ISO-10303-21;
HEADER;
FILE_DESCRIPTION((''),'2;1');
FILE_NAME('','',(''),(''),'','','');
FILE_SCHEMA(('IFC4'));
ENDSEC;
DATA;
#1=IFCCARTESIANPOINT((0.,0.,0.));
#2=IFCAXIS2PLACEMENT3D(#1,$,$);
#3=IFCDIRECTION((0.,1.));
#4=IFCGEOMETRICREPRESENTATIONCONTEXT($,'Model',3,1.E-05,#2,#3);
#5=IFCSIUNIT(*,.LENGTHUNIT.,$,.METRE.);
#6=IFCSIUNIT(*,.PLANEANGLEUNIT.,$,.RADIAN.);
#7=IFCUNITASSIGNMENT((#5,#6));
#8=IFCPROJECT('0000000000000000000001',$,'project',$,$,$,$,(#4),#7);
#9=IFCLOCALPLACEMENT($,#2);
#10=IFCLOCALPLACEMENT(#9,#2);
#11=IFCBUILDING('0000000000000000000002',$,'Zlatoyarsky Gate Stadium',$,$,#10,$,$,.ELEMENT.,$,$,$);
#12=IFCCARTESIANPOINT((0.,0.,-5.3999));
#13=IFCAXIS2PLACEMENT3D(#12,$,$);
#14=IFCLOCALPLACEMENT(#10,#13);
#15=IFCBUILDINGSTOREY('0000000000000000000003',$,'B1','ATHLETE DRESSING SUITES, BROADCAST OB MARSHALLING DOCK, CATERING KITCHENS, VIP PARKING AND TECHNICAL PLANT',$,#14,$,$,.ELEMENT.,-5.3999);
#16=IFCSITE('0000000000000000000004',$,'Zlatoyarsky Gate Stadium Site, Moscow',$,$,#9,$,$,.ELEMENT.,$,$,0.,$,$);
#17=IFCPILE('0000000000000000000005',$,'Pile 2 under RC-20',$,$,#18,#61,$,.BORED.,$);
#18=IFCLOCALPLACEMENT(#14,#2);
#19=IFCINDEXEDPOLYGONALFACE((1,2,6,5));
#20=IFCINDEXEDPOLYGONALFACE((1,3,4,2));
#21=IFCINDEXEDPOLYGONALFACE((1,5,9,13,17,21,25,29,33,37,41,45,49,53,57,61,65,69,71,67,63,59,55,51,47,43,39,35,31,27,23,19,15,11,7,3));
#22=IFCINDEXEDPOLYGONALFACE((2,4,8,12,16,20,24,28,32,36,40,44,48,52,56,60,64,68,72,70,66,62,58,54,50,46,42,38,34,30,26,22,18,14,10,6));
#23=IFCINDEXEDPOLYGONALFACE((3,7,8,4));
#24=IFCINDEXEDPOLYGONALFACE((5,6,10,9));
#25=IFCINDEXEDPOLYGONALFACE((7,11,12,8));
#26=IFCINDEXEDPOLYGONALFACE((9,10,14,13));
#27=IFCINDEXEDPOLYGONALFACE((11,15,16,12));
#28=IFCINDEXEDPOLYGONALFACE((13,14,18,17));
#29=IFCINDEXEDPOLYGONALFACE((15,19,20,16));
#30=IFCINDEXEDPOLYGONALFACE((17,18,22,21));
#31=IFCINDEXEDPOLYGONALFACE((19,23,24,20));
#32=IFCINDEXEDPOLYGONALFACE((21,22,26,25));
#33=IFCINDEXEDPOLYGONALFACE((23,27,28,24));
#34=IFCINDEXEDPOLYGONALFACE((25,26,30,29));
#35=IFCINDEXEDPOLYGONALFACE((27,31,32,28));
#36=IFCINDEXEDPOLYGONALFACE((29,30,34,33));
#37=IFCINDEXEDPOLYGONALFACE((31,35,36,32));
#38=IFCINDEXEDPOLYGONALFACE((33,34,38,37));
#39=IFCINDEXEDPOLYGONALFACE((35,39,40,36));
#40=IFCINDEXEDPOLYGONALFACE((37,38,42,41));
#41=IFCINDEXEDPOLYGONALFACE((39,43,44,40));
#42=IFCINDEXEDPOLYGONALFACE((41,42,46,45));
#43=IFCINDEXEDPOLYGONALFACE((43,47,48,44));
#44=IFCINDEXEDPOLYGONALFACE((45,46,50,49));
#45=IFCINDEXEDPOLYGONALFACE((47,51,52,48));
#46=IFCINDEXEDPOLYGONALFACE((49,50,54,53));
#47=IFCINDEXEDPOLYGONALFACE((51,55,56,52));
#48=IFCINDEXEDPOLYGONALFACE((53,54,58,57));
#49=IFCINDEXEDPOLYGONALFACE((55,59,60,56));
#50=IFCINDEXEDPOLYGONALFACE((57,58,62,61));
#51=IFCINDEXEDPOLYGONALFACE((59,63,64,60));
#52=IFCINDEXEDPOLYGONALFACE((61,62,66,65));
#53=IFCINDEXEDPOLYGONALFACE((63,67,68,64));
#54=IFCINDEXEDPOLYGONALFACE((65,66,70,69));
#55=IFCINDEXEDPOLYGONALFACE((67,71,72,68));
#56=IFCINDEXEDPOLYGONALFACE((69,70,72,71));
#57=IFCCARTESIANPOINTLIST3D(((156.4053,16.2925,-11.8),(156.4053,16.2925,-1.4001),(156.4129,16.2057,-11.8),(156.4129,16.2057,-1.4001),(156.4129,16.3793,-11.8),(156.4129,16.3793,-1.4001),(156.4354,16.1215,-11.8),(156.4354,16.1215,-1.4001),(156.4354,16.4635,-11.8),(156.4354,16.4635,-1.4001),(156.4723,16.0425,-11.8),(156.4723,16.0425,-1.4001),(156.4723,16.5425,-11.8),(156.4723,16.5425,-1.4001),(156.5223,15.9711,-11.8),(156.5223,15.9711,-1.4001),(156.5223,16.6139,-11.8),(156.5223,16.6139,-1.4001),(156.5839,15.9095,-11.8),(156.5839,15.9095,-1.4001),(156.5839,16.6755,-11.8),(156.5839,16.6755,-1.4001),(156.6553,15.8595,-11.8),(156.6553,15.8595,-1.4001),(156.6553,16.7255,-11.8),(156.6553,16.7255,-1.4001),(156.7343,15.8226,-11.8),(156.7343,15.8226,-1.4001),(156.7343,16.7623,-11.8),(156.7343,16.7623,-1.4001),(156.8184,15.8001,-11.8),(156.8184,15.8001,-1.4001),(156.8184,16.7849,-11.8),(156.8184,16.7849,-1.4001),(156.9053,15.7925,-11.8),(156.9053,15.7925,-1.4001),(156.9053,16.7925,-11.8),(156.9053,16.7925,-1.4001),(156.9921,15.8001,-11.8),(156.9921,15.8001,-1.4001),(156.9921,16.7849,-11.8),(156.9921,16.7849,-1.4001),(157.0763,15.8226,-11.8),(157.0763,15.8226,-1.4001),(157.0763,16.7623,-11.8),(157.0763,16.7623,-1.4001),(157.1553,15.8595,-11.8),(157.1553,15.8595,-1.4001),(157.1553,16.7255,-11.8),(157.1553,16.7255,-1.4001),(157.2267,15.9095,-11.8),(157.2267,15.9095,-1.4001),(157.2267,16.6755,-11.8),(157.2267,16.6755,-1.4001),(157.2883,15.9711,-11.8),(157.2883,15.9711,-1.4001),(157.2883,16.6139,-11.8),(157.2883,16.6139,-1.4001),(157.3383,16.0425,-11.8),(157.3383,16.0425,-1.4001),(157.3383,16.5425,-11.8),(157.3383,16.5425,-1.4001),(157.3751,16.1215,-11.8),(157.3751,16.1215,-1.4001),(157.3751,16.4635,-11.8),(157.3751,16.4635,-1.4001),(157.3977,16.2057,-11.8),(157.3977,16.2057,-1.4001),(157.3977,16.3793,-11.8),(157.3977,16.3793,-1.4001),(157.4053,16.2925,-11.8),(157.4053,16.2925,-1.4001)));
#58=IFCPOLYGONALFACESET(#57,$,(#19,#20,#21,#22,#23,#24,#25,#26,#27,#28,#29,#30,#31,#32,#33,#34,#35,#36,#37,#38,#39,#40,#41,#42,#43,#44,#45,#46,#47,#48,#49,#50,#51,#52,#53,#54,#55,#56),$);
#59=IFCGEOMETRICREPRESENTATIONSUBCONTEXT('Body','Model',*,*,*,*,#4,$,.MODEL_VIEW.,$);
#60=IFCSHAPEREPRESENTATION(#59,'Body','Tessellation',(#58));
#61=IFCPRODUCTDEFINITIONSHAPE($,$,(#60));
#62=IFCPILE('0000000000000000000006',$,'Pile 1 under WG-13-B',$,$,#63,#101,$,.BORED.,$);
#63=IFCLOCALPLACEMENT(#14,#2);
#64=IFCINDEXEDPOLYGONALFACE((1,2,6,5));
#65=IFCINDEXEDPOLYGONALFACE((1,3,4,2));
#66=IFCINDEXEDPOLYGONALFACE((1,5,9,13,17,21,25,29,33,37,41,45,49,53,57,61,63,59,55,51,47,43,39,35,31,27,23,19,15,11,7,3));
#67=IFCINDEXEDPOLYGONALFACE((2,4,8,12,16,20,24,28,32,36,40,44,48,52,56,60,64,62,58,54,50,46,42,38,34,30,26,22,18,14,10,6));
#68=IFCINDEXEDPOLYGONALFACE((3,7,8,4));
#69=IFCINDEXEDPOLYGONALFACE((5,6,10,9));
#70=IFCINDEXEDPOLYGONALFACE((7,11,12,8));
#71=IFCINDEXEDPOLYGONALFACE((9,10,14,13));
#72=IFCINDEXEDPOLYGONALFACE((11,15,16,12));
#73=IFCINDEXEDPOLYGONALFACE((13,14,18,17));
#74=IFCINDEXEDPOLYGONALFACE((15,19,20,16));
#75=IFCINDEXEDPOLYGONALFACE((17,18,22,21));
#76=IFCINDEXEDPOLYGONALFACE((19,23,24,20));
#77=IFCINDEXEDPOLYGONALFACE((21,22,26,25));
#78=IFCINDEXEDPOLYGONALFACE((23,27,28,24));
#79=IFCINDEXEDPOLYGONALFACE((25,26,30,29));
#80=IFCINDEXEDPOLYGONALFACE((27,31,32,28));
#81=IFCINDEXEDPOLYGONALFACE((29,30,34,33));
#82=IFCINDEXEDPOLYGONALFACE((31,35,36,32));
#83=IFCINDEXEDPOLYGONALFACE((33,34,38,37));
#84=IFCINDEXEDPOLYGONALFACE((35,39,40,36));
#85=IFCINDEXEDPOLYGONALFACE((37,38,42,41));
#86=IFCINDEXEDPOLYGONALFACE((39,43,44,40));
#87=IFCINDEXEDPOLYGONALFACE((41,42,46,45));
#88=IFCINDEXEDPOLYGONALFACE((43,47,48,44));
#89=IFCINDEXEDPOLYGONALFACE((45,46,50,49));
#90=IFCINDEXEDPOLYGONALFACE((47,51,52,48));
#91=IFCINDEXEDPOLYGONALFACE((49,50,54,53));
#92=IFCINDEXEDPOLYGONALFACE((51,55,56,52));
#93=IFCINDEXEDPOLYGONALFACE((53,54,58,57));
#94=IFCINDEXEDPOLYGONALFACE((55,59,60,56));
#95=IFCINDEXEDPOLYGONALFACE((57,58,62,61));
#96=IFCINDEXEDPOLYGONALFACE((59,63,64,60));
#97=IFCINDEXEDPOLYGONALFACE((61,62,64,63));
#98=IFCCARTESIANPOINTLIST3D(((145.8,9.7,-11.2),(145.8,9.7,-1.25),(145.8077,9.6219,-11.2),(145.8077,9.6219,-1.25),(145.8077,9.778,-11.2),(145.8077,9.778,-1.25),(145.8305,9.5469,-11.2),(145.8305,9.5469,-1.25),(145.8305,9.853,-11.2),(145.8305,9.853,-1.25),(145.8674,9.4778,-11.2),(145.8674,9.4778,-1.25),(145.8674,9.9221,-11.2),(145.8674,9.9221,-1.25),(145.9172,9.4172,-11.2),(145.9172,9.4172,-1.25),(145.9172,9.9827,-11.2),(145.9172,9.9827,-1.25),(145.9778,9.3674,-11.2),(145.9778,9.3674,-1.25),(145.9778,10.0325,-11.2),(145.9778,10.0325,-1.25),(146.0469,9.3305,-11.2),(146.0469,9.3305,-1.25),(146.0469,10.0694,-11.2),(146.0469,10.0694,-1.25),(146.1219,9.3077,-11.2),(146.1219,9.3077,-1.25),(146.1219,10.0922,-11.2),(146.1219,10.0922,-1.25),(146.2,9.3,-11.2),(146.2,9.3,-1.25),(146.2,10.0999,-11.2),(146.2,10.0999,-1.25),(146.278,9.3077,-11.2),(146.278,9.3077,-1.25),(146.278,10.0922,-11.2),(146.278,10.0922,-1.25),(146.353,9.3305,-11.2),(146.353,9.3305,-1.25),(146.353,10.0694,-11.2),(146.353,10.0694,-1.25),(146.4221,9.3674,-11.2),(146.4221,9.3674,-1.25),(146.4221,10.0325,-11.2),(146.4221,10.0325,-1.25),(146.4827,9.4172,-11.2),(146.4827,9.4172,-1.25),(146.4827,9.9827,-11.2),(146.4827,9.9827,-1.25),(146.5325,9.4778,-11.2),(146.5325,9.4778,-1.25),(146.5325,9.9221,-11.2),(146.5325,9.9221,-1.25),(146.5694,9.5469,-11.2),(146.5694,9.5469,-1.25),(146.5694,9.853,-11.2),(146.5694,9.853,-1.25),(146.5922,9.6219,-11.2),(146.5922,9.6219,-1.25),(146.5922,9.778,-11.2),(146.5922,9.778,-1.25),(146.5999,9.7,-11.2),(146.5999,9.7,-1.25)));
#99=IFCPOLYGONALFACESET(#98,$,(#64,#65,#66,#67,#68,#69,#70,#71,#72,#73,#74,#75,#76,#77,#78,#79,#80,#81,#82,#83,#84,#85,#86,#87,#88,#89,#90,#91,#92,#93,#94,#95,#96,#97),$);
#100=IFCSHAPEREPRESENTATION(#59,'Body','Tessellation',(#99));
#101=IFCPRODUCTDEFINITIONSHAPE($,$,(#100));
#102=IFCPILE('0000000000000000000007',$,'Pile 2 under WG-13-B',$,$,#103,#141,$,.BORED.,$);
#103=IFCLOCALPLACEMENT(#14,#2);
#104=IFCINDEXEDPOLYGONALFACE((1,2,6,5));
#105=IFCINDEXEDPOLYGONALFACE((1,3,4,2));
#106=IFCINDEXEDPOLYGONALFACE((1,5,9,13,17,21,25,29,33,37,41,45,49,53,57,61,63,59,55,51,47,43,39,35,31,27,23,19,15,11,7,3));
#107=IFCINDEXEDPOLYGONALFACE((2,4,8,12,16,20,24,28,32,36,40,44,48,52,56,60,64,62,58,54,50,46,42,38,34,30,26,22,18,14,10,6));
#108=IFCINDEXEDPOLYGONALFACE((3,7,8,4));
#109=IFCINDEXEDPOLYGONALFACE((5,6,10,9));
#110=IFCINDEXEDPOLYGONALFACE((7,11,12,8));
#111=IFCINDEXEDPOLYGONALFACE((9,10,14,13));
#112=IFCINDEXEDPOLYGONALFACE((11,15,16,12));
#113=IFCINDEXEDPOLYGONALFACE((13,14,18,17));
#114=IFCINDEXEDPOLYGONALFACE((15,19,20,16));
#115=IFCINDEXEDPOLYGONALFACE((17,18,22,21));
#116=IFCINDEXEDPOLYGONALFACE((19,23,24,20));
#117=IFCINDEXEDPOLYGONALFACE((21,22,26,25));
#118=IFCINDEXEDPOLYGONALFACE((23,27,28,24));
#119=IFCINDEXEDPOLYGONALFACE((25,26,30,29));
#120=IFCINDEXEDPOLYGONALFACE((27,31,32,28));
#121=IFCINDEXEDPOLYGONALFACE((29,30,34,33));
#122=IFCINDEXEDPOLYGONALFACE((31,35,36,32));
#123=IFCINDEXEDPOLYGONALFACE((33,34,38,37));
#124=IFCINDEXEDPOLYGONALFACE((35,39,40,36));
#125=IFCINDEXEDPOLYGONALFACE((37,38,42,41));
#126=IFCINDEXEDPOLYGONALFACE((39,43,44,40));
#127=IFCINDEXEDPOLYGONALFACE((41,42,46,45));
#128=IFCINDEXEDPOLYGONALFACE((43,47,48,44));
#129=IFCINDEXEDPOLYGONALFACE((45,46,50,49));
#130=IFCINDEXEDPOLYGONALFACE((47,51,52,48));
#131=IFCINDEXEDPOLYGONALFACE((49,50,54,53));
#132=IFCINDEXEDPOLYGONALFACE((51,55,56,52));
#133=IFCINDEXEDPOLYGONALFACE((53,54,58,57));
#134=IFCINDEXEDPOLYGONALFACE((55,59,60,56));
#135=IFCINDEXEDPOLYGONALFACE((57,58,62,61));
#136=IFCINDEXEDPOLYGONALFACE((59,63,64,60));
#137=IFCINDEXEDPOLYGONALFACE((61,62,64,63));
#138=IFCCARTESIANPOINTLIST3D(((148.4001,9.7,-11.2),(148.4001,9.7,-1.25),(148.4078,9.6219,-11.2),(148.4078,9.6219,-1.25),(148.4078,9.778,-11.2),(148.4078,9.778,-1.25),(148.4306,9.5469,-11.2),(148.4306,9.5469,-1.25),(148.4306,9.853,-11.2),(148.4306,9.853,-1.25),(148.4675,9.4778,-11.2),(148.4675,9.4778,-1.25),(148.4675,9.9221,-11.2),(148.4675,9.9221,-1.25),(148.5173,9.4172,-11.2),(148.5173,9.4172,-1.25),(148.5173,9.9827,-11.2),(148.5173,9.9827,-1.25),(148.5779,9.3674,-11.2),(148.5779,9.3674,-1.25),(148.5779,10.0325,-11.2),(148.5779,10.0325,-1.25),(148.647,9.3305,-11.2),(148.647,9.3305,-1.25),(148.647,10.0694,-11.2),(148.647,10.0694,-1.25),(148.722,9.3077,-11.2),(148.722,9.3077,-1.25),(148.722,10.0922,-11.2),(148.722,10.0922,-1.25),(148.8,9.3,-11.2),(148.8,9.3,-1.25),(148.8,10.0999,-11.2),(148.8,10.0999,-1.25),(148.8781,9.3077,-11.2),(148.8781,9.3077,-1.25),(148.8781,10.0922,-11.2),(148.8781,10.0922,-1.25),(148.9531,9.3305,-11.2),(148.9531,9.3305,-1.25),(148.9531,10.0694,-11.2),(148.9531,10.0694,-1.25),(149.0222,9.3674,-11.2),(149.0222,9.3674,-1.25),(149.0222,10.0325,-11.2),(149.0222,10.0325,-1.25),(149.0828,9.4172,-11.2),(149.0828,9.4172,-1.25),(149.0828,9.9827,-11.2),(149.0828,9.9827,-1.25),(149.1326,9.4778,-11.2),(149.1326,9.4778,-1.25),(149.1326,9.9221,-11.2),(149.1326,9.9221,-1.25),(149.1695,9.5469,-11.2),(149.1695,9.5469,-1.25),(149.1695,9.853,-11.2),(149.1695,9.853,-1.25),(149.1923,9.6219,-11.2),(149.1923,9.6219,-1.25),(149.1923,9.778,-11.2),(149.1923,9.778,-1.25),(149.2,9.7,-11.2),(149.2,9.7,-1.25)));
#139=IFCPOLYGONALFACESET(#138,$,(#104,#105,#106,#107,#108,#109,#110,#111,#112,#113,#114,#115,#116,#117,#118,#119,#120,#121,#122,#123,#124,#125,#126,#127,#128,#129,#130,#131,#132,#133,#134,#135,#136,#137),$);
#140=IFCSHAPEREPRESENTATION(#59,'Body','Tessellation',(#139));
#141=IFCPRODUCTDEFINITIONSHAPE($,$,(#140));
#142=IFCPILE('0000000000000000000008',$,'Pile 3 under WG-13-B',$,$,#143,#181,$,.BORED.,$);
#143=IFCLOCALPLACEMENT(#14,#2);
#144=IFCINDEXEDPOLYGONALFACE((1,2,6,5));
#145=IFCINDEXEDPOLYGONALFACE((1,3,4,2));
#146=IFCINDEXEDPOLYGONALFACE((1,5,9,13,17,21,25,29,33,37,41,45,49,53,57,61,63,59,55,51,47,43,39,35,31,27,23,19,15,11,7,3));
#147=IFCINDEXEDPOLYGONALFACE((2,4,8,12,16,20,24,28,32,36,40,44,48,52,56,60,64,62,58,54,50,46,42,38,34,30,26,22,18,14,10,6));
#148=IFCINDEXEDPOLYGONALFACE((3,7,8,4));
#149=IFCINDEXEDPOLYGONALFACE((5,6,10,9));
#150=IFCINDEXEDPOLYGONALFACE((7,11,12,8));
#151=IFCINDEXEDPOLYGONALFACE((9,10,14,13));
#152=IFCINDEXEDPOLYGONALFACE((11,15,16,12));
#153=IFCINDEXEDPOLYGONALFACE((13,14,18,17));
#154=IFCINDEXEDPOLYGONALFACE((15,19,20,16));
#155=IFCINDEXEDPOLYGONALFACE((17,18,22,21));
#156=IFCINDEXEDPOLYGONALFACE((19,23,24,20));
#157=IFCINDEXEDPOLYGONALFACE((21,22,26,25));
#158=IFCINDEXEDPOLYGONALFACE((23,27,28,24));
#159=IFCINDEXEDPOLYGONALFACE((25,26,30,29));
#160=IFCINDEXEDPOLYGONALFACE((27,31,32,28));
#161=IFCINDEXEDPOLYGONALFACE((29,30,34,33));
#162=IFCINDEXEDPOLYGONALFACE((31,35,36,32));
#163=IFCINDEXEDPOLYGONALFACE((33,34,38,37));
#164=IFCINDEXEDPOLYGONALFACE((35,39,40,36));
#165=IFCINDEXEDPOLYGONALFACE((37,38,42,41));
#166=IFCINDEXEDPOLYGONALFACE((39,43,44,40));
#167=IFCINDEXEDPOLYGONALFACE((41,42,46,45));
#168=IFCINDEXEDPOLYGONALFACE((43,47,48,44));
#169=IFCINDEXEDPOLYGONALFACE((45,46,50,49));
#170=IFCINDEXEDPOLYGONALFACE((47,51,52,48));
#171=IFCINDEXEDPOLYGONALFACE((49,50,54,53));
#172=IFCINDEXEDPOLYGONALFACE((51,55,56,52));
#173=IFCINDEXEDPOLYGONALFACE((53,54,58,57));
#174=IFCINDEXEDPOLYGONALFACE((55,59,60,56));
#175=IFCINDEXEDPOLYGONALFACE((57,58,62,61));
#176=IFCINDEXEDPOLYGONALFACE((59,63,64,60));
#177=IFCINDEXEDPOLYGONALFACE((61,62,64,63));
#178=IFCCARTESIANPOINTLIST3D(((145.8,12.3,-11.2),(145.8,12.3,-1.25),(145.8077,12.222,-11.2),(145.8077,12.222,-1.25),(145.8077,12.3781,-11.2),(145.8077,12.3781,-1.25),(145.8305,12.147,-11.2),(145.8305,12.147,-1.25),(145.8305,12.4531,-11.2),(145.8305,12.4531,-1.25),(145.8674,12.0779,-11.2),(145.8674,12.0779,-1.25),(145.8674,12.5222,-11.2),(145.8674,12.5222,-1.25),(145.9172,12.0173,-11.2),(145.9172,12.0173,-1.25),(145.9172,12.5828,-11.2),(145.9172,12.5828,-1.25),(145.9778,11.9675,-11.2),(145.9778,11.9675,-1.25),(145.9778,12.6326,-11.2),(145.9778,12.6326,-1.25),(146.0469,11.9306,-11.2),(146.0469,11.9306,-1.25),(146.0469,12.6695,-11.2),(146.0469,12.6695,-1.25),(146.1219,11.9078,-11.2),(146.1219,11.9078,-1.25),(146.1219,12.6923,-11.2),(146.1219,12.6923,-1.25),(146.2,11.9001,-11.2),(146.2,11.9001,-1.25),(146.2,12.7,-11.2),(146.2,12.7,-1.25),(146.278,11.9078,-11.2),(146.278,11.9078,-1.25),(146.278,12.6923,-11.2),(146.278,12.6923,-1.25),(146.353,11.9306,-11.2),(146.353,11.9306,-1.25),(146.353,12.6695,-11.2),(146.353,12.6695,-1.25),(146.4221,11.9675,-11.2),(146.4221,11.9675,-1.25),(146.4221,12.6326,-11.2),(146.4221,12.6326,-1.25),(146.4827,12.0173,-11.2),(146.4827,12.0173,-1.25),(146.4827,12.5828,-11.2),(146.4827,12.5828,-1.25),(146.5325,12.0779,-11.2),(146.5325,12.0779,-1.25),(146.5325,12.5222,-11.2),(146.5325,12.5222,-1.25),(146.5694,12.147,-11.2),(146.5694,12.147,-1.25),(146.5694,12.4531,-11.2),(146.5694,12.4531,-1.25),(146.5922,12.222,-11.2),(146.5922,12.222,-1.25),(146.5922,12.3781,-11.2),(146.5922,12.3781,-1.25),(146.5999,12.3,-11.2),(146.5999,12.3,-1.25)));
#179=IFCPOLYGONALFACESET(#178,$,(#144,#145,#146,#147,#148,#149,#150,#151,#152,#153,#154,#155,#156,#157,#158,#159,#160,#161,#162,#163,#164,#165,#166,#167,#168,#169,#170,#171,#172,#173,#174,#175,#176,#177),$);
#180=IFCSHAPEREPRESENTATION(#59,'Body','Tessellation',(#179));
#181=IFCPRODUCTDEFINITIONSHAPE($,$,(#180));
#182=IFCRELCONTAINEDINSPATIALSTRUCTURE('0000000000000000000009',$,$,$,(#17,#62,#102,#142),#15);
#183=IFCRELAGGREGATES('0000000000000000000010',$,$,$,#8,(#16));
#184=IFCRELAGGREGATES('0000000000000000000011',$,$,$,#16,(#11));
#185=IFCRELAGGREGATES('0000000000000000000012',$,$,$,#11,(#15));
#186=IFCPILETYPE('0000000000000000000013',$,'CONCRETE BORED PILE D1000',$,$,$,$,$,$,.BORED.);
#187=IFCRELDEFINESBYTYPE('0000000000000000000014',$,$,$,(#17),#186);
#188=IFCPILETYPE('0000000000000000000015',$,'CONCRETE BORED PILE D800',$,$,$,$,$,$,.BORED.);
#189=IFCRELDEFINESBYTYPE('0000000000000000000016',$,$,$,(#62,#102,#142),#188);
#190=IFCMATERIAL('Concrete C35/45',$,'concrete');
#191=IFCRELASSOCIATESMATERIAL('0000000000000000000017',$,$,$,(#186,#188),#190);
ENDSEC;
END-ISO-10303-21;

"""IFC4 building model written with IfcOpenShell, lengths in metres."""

from ifc_helpers import new_model, si_unit, direction, frame, origin, origin_2d, place, context, subcontext, project, spatial, circle, extrude, material, material_profile, profile_set, type_object, element, save


model = new_model("IFC4")

# Units and contexts
model_context = context("Model", 3, precision=1e-05, world=origin(), true_north=direction((0.0, 1.0)))
body_context = subcontext(model_context, "Body", "Model", "MODEL_VIEW")
ifc_project = project(units=[si_unit("LENGTHUNIT", "METRE"), si_unit("PLANEANGLEUNIT", "RADIAN")], contexts=[model_context])

# Site, building, storey
site_placement = place(None, origin())
site = spatial("IfcSite", under=ifc_project, at=site_placement, Name="Zlatoyarsky Gate Stadium Site, Moscow", CompositionType="ELEMENT", RefElevation=0.0)
building_placement = place(site_placement, origin())
building = spatial("IfcBuilding", under=site, at=building_placement, Name="Zlatoyarsky Gate Stadium", CompositionType="ELEMENT")
storey_placement = place(building_placement, frame((0.0, 0.0, -5.3999)))
storey = spatial("IfcBuildingStorey", under=building, at=storey_placement, Name="B1", Description="ATHLETE DRESSING SUITES, BROADCAST OB MARSHALLING DOCK, CATERING KITCHENS, VIP PARKING AND TECHNICAL PLANT", CompositionType="ELEMENT", Elevation=-5.3999)

# Piles
ifc_material_1 = material(Name="Concrete C35/45", Category="concrete")
ifc_material_profile_1 = material_profile(ifc_material_1, circle(Radius=0.5, at=origin_2d()), Name="BORED PILE D1000")
ifc_profile_set_1 = profile_set([ifc_material_profile_1], Name="Concrete C35/45")
pile_type_1 = type_object("IfcPileType", Name="CONCRETE BORED PILE D1000", PredefinedType="BORED", material=ifc_profile_set_1)
pile_placement = place(storey_placement, frame((156.9053, 16.2925, -1.4001), z_axis=(0.0, 0.0, -1.0), x_axis=(1.0, 0.0, 0.0)))
element("IfcPile", 1, at=pile_placement, inside=storey, type_object=pile_type_1, Name="Pile 2 under RC-20", PredefinedType="BORED", context=body_context, shape_type="SweptSolid", body=[
    extrude(circle(Radius=0.5, at=origin_2d()), origin(), (0.0, 0.0, 1.0), 10.3999),
])
ifc_material_profile_2 = material_profile(ifc_material_1, circle(Radius=0.3999, at=origin_2d()), Name="BORED PILE D800")
ifc_profile_set_2 = profile_set([ifc_material_profile_2], Name="Concrete C35/45")
pile_type_2 = type_object("IfcPileType", Name="CONCRETE BORED PILE D800", PredefinedType="BORED", material=ifc_profile_set_2)
for number, where, z_axis, x_axis, name in (
    (2, (146.2, 9.7, -1.25), (0.0, 0.0, -1.0), (1.0, 0.0, 0.0), "Pile 1 under WG-13-B"),
    (3, (148.8, 9.7, -1.25), (0.0, 0.0, -1.0), (1.0, 0.0, 0.0), "Pile 2 under WG-13-B"),
    (4, (146.2, 12.3, -1.25), (0.0, 0.0, -1.0), (1.0, 0.0, 0.0), "Pile 3 under WG-13-B"),
):
    element("IfcPile", number, at=place(storey_placement, frame(where, z_axis=z_axis, x_axis=x_axis)), inside=storey, type_object=pile_type_2, Name=name, PredefinedType="BORED", context=body_context, shape_type="SweptSolid", body=[
        extrude(circle(Radius=0.3999, at=origin_2d()), origin(), (0.0, 0.0, 1.0), 9.95),
    ])

save(model, "model.ifc")
